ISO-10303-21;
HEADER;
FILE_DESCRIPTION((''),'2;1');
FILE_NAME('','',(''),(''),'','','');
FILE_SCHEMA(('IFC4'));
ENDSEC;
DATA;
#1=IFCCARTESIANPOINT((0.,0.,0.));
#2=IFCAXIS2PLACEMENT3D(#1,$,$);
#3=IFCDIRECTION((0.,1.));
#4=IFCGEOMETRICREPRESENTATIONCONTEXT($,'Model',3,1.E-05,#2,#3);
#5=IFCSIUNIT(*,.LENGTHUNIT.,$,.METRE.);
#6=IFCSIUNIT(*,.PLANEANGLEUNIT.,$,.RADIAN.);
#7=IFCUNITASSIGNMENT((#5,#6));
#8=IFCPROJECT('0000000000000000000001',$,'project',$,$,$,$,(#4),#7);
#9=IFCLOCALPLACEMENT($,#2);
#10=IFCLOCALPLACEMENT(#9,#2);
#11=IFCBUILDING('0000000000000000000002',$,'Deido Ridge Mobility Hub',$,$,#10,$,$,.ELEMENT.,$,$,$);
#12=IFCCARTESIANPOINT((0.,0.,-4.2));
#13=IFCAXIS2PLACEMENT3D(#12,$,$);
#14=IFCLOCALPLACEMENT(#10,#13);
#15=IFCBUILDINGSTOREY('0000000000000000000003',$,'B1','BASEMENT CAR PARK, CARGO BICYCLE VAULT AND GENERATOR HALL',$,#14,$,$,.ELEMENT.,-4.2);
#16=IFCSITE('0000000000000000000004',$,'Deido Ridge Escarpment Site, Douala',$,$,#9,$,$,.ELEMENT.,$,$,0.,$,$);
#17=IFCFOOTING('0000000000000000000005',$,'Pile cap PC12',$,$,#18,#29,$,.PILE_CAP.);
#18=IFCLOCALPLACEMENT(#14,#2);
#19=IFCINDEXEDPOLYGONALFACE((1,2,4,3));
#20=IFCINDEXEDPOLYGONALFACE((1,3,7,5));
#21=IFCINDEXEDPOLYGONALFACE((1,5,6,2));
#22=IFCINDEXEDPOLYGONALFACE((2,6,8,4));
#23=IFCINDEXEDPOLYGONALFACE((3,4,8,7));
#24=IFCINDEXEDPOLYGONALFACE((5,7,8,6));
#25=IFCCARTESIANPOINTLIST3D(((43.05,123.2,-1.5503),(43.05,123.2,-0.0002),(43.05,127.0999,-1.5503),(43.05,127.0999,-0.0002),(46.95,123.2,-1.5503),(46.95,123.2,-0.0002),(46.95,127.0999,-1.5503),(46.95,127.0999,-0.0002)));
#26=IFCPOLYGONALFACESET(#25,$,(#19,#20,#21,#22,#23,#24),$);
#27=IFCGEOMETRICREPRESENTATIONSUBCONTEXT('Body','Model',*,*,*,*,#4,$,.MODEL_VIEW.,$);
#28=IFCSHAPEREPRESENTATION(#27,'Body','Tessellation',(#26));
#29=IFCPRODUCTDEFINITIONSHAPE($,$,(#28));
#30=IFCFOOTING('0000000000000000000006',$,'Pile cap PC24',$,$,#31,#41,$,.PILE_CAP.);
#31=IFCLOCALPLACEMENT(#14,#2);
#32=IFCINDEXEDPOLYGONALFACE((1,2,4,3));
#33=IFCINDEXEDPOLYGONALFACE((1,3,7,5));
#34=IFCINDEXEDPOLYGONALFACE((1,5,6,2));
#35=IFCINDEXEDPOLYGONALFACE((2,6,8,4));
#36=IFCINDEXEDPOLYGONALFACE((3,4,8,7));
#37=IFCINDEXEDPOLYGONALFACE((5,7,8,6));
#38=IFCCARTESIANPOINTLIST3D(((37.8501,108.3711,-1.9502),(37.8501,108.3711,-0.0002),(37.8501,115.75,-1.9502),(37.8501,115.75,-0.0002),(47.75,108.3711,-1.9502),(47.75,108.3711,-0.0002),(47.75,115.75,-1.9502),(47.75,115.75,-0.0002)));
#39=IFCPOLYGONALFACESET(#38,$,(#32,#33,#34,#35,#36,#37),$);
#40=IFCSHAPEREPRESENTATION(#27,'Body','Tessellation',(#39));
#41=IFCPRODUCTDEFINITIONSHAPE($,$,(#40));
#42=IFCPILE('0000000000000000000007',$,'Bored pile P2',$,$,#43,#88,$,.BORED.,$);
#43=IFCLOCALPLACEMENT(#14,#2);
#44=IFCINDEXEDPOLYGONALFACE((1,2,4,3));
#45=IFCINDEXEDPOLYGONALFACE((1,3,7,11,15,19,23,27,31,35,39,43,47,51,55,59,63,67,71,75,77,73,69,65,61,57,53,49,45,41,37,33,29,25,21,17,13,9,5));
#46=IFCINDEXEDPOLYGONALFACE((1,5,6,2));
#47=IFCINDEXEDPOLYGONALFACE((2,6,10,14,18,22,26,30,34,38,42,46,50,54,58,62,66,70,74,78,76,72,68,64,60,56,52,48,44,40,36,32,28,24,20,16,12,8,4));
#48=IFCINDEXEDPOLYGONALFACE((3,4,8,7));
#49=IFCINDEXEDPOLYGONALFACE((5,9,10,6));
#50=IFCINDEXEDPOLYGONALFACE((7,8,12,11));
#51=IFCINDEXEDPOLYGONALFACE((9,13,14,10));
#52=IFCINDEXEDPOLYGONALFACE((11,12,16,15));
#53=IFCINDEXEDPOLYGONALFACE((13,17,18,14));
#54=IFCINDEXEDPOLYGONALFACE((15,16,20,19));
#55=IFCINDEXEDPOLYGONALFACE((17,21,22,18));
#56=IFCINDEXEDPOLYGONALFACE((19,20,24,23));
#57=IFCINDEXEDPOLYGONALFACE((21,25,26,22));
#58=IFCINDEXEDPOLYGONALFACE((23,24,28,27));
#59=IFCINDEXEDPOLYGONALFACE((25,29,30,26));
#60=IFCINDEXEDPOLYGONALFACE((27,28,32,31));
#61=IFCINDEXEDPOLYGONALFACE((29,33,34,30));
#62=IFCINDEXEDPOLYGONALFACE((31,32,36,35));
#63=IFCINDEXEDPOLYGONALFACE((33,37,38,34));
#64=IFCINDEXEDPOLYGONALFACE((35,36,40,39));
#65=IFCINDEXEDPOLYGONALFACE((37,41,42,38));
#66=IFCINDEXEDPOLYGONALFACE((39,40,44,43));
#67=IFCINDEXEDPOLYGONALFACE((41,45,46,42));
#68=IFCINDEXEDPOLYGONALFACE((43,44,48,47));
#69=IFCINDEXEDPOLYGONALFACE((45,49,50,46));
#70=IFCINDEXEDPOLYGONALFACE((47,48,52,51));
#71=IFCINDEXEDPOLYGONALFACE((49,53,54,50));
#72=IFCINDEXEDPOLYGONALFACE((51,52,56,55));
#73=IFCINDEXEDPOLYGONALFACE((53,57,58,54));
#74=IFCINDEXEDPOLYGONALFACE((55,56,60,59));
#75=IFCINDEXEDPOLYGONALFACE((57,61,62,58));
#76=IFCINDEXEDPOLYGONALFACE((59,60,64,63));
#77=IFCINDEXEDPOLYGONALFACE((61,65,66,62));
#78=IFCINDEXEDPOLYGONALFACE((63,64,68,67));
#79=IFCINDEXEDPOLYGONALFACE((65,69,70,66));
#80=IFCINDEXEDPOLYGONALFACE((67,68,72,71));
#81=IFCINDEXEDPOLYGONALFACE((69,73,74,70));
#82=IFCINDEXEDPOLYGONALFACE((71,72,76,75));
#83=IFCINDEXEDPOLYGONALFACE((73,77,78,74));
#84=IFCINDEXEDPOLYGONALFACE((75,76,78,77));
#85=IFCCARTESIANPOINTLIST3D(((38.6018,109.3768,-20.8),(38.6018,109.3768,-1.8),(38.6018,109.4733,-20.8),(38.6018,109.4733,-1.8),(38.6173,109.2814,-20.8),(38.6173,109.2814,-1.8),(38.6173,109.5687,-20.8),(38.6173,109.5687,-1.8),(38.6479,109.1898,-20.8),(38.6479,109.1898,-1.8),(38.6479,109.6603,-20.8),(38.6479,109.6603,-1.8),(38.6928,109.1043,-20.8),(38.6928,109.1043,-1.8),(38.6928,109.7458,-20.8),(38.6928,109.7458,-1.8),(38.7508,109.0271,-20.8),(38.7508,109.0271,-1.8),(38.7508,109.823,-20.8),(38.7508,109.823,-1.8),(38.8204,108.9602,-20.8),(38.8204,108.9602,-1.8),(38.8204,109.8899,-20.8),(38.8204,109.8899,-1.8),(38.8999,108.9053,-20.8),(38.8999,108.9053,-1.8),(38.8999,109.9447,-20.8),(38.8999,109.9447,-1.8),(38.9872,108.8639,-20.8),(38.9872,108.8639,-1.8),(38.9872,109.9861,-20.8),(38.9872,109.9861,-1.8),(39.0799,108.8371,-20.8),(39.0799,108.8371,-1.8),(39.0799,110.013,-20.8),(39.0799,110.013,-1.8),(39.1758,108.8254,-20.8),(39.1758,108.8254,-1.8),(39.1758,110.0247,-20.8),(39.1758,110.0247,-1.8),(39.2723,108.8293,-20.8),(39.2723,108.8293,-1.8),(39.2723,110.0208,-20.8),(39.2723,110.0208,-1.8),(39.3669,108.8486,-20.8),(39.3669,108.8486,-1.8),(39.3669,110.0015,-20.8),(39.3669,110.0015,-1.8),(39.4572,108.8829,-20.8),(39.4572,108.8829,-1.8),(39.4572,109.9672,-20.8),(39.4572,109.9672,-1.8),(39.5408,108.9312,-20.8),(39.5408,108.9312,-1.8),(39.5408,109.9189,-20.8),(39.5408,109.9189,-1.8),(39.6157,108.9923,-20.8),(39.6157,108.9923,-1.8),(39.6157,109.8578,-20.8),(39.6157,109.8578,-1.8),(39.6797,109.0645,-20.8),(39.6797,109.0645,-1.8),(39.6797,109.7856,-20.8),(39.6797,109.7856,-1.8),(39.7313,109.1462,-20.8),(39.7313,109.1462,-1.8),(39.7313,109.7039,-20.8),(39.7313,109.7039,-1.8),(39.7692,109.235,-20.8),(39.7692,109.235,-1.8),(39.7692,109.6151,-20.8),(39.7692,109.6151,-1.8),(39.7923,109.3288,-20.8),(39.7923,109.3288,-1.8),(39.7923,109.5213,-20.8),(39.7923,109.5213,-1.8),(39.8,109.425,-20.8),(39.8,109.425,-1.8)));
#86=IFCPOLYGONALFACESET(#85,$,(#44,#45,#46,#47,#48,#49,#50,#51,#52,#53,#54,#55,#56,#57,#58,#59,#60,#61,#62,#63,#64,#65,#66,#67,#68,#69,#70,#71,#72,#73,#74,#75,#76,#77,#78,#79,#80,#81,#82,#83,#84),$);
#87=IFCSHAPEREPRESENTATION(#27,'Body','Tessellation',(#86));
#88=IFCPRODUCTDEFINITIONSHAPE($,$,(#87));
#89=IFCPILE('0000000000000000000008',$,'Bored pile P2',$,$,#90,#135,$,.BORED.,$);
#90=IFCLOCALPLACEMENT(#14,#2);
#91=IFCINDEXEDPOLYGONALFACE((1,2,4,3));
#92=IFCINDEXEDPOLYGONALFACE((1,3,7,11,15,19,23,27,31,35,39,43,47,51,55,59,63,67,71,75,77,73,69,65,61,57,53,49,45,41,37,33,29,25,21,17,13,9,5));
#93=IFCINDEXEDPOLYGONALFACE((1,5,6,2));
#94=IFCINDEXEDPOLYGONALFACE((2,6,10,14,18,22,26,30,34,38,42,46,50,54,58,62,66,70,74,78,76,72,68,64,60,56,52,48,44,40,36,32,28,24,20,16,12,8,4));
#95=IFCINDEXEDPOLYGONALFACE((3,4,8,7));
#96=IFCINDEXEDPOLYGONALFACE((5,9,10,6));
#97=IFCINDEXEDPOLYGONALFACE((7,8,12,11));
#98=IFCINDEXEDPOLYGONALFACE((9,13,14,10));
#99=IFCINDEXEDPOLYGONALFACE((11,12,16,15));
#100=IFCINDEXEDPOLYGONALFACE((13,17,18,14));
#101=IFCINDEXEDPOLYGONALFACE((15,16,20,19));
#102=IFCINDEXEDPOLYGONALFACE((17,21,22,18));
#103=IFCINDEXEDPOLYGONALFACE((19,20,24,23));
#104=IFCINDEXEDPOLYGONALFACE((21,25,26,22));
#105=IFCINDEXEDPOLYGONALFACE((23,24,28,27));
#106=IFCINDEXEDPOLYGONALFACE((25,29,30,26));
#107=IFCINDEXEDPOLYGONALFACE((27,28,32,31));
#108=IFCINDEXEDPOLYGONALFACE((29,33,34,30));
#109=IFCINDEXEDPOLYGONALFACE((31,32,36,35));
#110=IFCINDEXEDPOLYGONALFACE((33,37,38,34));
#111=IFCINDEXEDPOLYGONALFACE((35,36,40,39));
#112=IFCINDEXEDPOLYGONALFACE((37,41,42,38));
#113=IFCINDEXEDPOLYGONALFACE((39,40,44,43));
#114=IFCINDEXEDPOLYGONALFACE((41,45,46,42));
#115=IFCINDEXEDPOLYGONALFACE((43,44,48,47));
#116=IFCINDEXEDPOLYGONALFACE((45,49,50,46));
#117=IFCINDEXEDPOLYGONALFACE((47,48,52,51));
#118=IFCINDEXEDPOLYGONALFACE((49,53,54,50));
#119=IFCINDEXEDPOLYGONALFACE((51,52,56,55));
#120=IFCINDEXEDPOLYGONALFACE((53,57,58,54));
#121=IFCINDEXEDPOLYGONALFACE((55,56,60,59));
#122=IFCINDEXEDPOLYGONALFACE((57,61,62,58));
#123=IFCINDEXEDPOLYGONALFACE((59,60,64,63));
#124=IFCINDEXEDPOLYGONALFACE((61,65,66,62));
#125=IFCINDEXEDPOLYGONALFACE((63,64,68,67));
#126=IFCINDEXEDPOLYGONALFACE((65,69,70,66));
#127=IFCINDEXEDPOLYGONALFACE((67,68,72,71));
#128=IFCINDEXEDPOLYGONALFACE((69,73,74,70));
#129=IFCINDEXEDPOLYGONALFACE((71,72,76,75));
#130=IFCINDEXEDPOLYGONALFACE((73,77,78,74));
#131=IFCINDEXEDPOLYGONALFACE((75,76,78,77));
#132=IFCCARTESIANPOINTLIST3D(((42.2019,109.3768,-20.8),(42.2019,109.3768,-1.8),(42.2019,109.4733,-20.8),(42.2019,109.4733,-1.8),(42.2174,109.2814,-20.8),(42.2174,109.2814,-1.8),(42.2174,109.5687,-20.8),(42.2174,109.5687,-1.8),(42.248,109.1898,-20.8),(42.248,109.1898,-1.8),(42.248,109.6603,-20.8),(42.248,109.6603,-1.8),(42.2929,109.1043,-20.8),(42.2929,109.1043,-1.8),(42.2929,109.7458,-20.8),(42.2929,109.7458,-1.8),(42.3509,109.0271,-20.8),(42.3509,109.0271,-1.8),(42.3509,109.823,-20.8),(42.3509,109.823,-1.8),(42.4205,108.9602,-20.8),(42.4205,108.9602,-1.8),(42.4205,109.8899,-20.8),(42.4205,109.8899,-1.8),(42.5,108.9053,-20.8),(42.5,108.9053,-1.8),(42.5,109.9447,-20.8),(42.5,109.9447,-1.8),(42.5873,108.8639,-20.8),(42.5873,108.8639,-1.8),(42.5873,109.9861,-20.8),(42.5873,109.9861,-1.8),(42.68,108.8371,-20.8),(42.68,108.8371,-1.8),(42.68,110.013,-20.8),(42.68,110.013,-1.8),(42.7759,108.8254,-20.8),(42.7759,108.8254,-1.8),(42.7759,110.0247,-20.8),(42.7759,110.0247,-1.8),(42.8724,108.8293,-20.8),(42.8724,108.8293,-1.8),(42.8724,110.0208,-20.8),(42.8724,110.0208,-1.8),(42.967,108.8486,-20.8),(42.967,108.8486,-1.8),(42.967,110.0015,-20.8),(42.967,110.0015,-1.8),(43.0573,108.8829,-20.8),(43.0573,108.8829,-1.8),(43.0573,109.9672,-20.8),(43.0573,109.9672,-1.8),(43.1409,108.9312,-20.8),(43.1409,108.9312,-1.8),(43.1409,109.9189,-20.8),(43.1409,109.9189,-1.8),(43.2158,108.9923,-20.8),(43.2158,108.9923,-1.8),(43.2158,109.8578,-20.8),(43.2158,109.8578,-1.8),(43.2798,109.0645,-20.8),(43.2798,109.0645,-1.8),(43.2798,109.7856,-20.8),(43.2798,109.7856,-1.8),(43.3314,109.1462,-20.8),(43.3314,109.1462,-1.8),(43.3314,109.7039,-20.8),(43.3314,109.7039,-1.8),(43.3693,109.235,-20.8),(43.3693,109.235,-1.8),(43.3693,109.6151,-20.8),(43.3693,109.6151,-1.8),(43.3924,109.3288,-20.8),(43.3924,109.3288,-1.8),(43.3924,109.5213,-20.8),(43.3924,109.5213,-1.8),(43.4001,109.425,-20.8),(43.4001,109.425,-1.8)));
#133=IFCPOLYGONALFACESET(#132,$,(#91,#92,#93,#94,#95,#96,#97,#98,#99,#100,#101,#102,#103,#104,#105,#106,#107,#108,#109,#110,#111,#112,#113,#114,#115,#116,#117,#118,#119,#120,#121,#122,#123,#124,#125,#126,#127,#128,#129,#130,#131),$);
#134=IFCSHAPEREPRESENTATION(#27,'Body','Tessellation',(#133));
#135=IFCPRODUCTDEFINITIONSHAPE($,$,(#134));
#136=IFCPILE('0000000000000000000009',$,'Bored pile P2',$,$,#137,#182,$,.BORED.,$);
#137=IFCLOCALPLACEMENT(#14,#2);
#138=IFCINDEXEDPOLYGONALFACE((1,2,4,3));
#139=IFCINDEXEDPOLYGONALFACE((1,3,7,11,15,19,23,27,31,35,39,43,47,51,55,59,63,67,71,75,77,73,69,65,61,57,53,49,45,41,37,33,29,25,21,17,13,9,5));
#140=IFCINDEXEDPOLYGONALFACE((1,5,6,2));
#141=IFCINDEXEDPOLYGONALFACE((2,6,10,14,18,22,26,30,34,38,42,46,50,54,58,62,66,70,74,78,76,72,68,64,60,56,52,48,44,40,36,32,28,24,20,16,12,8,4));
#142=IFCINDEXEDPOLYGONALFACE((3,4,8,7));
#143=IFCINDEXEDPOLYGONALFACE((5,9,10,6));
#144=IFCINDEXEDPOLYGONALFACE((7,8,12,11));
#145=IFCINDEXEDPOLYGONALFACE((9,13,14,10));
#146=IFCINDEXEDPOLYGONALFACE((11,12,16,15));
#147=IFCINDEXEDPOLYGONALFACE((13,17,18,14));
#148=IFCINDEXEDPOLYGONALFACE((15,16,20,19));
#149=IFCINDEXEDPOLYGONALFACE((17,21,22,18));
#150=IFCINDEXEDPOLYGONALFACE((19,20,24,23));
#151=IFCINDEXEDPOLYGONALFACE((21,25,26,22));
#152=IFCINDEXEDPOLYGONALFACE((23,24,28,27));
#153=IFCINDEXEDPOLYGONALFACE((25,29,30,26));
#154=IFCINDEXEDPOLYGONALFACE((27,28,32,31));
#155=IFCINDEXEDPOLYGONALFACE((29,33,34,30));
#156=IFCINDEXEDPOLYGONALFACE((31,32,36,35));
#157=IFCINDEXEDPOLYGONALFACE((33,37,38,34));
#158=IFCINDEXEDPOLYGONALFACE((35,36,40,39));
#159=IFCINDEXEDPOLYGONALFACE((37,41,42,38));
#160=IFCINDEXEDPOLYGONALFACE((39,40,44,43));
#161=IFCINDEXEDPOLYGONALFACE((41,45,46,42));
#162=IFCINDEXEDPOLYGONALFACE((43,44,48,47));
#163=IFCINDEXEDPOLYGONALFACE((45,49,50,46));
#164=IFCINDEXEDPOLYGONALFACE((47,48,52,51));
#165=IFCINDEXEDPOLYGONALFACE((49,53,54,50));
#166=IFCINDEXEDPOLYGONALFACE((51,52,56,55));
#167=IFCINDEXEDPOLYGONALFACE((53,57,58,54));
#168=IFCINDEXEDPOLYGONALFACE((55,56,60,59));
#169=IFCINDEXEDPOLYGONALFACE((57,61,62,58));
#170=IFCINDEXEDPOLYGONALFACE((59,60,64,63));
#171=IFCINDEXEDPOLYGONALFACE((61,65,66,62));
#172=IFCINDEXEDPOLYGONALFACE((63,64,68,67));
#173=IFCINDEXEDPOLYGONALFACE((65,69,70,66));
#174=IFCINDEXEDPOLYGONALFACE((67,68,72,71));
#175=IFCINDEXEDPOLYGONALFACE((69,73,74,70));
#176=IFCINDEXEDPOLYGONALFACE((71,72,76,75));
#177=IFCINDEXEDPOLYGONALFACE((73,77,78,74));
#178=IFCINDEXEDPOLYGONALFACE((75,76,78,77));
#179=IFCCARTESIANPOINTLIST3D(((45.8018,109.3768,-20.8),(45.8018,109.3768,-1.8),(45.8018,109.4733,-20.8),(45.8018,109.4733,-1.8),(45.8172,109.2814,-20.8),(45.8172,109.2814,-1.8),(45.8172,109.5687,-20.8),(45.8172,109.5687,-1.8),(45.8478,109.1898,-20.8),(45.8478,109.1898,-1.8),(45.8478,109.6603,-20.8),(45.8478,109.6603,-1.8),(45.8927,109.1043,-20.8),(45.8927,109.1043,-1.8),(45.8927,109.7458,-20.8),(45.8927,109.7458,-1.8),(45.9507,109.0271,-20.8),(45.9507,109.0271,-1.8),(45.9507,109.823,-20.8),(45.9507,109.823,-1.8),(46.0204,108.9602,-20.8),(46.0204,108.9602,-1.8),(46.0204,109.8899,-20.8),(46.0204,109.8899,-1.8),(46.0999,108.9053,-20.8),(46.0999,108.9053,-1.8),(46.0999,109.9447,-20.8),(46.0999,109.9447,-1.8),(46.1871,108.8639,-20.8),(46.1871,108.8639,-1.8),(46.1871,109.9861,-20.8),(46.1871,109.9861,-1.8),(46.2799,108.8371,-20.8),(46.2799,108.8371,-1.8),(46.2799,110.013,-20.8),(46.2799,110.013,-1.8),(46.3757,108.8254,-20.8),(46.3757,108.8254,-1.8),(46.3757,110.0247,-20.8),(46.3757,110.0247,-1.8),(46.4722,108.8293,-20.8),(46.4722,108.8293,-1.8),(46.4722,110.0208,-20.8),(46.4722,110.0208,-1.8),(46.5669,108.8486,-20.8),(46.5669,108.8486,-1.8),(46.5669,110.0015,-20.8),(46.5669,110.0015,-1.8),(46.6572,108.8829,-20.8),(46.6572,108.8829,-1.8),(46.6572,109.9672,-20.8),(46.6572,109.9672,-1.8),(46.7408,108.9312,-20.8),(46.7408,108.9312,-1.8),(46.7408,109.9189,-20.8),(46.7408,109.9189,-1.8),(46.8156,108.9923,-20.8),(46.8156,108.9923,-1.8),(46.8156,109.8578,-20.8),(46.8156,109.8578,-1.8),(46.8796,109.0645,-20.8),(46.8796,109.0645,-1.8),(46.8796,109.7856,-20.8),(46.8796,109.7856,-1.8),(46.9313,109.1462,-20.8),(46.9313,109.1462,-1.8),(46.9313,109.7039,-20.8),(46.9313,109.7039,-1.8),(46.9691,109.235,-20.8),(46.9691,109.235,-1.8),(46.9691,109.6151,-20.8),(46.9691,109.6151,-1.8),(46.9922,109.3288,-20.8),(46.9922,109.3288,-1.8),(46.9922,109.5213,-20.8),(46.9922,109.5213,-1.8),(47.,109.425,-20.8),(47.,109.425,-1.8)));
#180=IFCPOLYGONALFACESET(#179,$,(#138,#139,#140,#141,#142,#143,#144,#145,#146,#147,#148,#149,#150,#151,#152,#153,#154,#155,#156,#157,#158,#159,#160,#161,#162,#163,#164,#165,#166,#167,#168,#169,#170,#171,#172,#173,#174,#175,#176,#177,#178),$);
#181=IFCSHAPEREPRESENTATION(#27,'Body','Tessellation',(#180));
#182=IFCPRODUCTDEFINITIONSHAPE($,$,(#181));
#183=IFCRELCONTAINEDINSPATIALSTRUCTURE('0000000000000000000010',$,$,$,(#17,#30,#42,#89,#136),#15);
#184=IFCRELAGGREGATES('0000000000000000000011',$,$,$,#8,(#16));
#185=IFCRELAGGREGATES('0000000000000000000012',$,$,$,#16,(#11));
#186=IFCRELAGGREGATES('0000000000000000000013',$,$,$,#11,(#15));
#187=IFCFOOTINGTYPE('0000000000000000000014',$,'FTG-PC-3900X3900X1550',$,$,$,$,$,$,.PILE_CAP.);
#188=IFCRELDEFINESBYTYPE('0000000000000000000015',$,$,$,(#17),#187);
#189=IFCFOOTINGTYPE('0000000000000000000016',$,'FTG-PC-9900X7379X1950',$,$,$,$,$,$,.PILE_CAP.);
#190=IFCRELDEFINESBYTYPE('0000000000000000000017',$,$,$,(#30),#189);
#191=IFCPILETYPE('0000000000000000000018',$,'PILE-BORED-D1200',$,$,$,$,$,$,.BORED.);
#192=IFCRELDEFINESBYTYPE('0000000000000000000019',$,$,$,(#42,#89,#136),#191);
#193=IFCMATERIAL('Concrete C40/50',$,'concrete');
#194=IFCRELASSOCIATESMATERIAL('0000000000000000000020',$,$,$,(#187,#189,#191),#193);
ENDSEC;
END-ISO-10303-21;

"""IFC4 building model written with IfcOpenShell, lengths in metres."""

from ifc_helpers import new_model, si_unit, direction, frame, origin, origin_2d, place, context, subcontext, project, spatial, rectangle, circle, extrude, material, material_profile, profile_set, type_object, element, save


model = new_model("IFC4")

# Units and contexts
model_context = context("Model", 3, precision=1e-05, world=origin(), true_north=direction((0.0, 1.0)))
body_context = subcontext(model_context, "Body", "Model", "MODEL_VIEW")
ifc_project = project(units=[si_unit("LENGTHUNIT", "METRE"), si_unit("PLANEANGLEUNIT", "RADIAN")], contexts=[model_context])

# Site, building, storey
site_placement = place(None, origin())
site = spatial("IfcSite", under=ifc_project, at=site_placement, Name="Deido Ridge Escarpment Site, Douala", CompositionType="ELEMENT", RefElevation=0.0)
building_placement = place(site_placement, origin())
building = spatial("IfcBuilding", under=site, at=building_placement, Name="Deido Ridge Mobility Hub", CompositionType="ELEMENT")
storey_placement = place(building_placement, frame((0.0, 0.0, -4.2)))
storey = spatial("IfcBuildingStorey", under=building, at=storey_placement, Name="B1", Description="BASEMENT CAR PARK, CARGO BICYCLE VAULT AND GENERATOR HALL", CompositionType="ELEMENT", Elevation=-4.2)

# Footings
ifc_material_1 = material(Name="Concrete C40/50", Category="concrete")
footing_type_1 = type_object("IfcFootingType", Name="FTG-PC-3900X3900X1550", PredefinedType="PILE_CAP", material=ifc_material_1)
footing_1_placement = place(storey_placement, frame((45.0, 125.1499, -1.5503), z_axis=(0.0, 0.0, 1.0), x_axis=(1.0, 0.0, 0.0)))
element("IfcFooting", 1, at=footing_1_placement, inside=storey, type_object=footing_type_1, Name="Pile cap PC12", PredefinedType="PILE_CAP", context=body_context, shape_type="SweptSolid", body=[
    extrude(rectangle(XDim=3.8999, YDim=3.8999, at=origin_2d()), origin(), (0.0, 0.0, 1.0), 1.55),
])
footing_type_2 = type_object("IfcFootingType", Name="FTG-PC-9900X7379X1950", PredefinedType="PILE_CAP", material=ifc_material_1)
footing_2_placement = place(storey_placement, frame((42.8, 112.0605, -1.9502), z_axis=(0.0, 0.0, 1.0), x_axis=(1.0, 0.0, 0.0)))
element("IfcFooting", 2, at=footing_2_placement, inside=storey, type_object=footing_type_2, Name="Pile cap PC24", PredefinedType="PILE_CAP", context=body_context, shape_type="SweptSolid", body=[
    extrude(rectangle(XDim=9.8999, YDim=7.3789, at=origin_2d()), origin(), (0.0, 0.0, 1.0), 1.95),
])

# Piles
ifc_material_profile_1 = material_profile(ifc_material_1, circle(Radius=0.6001, at=origin_2d()), Name="BORED PILE D1200")
ifc_profile_set_1 = profile_set([ifc_material_profile_1], Name="Concrete C40/50")
pile_type_1 = type_object("IfcPileType", Name="PILE-BORED-D1200", PredefinedType="BORED", material=ifc_profile_set_1)
for number, where, z_axis, x_axis, name in (
    (3, (39.2, 109.425, -1.8), (0.0, 0.0, -1.0), (1.0, 0.0, 0.0), "Bored pile P2"),
    (4, (42.8, 109.425, -1.8), (0.0, 0.0, -1.0), (1.0, 0.0, 0.0), "Bored pile P2"),
    (5, (46.3999, 109.425, -1.8), (0.0, 0.0, -1.0), (1.0, 0.0, 0.0), "Bored pile P2"),
):
    element("IfcPile", number, at=place(storey_placement, frame(where, z_axis=z_axis, x_axis=x_axis)), inside=storey, type_object=pile_type_1, Name=name, PredefinedType="BORED", context=body_context, shape_type="SweptSolid", body=[
        extrude(circle(Radius=0.6001, at=origin_2d()), origin(), (0.0, 0.0, 1.0), 19.0),
    ])

save(model, "model.ifc")
